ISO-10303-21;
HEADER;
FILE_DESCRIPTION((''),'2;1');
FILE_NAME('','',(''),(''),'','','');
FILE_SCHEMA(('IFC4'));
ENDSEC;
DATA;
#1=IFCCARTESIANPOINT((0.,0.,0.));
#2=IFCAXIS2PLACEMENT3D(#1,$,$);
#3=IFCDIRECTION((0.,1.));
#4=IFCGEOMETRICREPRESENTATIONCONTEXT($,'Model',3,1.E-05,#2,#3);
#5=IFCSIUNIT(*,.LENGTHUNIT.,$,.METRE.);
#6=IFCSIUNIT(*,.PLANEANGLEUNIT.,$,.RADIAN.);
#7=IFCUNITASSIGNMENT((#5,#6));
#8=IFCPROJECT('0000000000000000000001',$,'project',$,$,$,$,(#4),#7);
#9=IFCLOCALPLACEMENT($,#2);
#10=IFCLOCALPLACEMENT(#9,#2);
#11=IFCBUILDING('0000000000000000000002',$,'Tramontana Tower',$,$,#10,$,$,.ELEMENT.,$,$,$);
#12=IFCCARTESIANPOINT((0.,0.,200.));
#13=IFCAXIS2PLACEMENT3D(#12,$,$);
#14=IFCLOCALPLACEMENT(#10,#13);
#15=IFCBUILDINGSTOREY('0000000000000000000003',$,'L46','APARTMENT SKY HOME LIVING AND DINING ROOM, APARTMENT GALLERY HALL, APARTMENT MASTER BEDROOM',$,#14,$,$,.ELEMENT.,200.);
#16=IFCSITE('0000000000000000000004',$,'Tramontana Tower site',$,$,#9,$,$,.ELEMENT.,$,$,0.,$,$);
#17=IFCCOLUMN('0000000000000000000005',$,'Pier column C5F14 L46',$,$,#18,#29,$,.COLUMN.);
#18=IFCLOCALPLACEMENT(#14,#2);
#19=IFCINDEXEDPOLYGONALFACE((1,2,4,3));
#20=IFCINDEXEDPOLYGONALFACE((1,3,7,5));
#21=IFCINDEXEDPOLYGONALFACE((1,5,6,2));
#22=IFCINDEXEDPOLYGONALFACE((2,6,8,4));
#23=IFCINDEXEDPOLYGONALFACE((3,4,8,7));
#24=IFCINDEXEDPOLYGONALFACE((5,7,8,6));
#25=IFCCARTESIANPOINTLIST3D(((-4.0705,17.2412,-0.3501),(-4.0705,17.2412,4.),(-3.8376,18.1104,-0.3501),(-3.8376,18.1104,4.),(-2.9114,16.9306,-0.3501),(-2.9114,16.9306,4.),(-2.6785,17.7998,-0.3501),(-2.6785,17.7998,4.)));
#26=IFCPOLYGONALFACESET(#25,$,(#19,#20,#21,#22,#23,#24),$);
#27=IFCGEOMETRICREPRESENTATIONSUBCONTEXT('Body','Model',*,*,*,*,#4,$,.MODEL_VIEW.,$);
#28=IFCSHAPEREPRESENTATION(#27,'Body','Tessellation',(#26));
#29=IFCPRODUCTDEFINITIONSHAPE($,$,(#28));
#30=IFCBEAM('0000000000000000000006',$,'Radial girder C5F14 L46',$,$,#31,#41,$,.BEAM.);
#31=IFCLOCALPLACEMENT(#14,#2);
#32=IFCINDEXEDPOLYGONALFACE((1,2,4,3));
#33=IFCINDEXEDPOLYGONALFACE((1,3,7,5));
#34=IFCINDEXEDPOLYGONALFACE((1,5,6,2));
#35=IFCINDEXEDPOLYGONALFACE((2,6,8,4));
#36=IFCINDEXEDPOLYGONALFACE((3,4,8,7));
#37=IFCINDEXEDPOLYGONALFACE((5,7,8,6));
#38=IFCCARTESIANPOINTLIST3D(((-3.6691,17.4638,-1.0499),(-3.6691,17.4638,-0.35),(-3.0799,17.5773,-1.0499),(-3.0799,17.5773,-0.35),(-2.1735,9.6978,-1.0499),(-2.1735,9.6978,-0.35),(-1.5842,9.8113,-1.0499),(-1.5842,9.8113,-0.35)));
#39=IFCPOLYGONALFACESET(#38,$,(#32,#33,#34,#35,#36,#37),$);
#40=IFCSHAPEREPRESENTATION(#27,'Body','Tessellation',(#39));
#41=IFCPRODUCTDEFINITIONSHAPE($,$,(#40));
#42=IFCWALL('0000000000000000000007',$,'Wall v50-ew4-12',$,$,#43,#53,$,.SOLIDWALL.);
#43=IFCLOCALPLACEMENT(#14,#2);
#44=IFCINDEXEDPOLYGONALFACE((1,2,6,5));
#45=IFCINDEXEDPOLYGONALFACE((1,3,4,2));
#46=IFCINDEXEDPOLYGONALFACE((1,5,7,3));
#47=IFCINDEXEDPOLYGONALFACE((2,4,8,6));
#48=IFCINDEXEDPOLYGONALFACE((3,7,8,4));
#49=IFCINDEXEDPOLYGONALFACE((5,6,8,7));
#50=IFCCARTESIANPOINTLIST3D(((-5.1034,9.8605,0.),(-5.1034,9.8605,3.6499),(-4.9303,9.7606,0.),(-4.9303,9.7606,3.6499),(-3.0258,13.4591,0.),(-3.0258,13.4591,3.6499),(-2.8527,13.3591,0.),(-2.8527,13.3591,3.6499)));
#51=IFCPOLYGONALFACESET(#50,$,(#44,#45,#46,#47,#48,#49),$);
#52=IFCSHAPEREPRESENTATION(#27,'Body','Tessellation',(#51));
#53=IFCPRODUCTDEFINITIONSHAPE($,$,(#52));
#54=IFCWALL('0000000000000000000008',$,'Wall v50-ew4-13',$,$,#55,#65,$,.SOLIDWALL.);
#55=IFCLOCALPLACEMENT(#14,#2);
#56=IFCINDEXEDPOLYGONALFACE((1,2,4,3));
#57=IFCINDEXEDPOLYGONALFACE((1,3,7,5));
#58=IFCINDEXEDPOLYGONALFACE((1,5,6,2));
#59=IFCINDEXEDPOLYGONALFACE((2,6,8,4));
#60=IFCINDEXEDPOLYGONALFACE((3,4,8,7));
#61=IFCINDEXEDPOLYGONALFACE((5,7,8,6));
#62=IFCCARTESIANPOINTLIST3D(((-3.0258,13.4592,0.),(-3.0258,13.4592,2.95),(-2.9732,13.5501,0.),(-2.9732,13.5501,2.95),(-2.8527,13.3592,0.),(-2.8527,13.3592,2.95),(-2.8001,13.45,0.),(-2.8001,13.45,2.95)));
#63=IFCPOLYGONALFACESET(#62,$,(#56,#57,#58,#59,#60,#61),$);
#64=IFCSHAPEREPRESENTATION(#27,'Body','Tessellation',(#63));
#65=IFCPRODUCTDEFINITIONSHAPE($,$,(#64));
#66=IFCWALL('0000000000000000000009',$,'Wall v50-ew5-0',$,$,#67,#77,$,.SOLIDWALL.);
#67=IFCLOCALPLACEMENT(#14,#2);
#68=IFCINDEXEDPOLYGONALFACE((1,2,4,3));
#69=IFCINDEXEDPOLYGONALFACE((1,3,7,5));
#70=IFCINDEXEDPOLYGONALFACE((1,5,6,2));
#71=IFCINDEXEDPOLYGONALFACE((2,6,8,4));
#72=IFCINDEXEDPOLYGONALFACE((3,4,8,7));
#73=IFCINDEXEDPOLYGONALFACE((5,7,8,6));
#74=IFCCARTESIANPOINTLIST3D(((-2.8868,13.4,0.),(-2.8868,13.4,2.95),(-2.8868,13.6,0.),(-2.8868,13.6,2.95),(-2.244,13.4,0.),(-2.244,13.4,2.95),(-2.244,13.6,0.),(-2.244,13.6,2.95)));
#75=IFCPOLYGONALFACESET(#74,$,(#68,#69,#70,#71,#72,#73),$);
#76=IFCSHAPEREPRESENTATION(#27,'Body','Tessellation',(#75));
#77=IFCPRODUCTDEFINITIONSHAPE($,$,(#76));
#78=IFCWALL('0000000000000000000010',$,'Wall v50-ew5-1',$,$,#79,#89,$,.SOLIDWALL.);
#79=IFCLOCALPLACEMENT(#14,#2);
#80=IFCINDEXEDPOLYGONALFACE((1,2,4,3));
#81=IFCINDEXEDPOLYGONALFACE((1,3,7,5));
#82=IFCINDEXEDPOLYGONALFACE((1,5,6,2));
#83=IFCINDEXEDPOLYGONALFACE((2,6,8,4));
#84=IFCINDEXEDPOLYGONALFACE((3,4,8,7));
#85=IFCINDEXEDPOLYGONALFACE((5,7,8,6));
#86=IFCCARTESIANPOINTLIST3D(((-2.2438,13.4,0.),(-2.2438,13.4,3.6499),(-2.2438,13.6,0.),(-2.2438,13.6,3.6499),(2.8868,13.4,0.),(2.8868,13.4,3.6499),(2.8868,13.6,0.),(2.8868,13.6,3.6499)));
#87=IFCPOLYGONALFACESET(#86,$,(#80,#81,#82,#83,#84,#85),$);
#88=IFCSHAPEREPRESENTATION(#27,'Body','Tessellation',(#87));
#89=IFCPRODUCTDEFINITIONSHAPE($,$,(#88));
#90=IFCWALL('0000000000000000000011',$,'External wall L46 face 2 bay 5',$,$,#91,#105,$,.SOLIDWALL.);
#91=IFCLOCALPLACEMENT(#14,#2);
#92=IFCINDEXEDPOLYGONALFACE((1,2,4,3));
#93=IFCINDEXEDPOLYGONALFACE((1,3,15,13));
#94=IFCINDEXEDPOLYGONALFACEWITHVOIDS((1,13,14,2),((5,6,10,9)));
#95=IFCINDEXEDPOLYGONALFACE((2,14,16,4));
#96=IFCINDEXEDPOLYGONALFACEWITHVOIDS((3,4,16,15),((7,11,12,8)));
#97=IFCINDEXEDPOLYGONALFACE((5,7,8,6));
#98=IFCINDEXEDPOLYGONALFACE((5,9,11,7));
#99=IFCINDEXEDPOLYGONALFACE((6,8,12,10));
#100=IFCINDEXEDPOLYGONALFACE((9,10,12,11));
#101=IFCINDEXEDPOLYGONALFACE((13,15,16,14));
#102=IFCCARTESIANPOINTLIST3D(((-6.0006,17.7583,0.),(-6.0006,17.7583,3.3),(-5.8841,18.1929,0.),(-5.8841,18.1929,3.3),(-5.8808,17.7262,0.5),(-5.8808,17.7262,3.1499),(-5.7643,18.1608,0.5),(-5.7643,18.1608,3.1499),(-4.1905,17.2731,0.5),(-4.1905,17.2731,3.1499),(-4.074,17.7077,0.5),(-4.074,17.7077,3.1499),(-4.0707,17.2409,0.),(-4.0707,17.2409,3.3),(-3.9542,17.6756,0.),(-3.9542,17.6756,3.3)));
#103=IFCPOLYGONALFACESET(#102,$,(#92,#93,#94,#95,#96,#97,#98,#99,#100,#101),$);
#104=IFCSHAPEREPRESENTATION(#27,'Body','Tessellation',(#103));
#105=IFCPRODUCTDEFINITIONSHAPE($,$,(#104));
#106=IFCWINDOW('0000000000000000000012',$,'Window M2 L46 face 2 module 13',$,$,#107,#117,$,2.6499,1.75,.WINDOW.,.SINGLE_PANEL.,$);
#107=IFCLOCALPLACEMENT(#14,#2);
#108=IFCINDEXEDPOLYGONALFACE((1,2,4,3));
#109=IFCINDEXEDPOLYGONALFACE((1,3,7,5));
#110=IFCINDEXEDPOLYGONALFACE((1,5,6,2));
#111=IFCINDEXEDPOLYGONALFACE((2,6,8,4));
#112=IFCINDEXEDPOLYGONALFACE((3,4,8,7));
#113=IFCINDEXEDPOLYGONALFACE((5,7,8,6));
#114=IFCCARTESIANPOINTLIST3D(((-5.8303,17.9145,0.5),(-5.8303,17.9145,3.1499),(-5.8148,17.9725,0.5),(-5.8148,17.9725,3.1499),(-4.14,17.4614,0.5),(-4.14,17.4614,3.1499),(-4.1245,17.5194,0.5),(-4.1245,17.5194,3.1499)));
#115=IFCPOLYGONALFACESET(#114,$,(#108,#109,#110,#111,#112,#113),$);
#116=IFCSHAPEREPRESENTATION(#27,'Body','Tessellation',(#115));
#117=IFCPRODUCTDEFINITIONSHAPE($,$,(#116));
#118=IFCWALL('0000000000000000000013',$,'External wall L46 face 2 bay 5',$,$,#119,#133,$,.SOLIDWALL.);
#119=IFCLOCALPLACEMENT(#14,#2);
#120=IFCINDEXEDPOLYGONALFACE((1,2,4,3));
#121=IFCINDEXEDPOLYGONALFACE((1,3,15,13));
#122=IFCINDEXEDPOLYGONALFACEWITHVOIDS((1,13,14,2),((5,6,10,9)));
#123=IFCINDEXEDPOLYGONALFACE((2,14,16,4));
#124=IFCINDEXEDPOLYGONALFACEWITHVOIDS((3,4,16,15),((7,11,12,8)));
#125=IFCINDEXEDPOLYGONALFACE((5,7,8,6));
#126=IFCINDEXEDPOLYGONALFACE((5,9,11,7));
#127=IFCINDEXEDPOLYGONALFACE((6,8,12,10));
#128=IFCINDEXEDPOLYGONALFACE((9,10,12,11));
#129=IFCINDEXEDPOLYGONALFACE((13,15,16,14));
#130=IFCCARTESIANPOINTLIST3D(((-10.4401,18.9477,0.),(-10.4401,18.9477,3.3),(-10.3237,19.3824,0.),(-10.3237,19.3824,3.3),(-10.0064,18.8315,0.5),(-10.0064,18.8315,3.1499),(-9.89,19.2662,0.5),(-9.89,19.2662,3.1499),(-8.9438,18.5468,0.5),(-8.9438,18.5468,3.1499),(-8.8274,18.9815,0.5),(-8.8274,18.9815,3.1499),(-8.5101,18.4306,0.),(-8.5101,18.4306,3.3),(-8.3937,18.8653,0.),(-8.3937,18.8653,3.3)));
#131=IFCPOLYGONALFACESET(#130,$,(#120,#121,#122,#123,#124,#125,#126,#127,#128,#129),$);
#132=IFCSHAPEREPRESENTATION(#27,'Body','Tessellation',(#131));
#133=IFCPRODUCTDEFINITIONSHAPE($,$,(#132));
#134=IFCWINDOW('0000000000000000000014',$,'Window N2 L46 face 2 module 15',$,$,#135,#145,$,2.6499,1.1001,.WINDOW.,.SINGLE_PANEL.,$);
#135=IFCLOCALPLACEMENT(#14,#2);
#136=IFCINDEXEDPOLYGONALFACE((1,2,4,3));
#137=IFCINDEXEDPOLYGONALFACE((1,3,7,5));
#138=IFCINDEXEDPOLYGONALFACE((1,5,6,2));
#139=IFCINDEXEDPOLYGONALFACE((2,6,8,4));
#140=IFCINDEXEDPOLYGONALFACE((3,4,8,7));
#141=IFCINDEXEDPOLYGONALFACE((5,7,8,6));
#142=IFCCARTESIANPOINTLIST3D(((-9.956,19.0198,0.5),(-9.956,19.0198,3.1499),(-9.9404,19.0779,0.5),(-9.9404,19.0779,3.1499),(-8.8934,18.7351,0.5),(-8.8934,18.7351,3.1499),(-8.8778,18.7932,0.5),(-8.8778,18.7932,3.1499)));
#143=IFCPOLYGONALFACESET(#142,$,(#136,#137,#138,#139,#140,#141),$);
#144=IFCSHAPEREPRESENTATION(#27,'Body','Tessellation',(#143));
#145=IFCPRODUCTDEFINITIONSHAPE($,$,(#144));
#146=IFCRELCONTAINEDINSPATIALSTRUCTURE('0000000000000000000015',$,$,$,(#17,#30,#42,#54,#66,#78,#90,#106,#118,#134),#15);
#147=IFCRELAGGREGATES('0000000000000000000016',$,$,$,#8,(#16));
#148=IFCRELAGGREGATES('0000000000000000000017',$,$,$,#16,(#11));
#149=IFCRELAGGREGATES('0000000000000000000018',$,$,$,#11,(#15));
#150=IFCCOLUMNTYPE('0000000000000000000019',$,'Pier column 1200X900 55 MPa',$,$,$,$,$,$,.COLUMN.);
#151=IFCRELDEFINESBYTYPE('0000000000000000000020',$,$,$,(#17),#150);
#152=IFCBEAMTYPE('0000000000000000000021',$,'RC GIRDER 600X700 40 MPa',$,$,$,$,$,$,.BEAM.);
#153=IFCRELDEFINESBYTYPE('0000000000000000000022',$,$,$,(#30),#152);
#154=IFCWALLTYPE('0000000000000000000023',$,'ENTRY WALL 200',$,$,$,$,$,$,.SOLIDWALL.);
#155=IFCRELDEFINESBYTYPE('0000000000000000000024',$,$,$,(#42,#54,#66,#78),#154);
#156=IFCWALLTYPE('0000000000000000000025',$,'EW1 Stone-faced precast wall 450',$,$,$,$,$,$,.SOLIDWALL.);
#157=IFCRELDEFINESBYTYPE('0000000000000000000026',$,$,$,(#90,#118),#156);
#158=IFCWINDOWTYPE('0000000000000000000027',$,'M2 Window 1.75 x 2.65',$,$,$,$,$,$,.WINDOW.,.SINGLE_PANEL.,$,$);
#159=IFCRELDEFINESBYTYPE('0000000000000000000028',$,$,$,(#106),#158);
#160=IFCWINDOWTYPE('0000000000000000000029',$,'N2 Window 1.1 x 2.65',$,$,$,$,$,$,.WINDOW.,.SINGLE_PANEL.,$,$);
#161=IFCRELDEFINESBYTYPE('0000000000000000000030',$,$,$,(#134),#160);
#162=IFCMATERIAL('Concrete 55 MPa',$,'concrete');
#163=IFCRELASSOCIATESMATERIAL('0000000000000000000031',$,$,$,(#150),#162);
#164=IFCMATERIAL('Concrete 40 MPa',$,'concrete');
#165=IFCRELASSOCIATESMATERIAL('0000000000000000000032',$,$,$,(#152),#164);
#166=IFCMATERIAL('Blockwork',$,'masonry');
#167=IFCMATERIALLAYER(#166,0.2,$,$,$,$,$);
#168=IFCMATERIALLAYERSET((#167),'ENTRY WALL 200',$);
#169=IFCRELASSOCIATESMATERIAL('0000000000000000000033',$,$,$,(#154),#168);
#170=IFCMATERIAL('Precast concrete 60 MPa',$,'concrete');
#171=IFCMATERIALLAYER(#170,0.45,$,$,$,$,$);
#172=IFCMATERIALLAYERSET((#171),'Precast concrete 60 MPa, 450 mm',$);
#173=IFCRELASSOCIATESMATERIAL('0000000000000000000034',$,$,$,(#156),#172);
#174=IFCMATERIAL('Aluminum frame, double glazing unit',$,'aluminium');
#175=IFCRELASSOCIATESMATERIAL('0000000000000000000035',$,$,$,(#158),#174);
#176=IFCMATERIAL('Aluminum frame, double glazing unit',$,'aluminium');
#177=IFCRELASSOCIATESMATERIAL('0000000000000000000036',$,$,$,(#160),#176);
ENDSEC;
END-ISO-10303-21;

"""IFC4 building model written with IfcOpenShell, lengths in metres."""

from ifc_helpers import new_model, si_unit, direction, frame, frame_2d, origin, origin_2d, place, context, subcontext, project, spatial, rectangle, extrude, material, layer, layer_set, material_profile, profile_set, type_object, element, fill, save


model = new_model("IFC4")

# Units and contexts
model_context = context("Model", 3, precision=1e-05, world=origin(), true_north=direction((0.0, 1.0)))
body_context = subcontext(model_context, "Body", "Model", "MODEL_VIEW")
ifc_project = project(units=[si_unit("LENGTHUNIT", "METRE"), si_unit("PLANEANGLEUNIT", "RADIAN")], contexts=[model_context])

# Site, building, storey
site_placement = place(None, origin())
site = spatial("IfcSite", under=ifc_project, at=site_placement, Name="Tramontana Tower site", CompositionType="ELEMENT", RefElevation=0.0)
building_placement = place(site_placement, origin())
building = spatial("IfcBuilding", under=site, at=building_placement, Name="Tramontana Tower", CompositionType="ELEMENT")
storey_placement = place(building_placement, frame((0.0, 0.0, 200.0)))
storey = spatial("IfcBuildingStorey", under=building, at=storey_placement, Name="L46", Description="APARTMENT SKY HOME LIVING AND DINING ROOM, APARTMENT GALLERY HALL, APARTMENT MASTER BEDROOM", CompositionType="ELEMENT", Elevation=200.0)

# Column
ifc_material_1 = material(Name="Concrete 55 MPa", Category="concrete")
ifc_material_profile_1 = material_profile(ifc_material_1, rectangle(XDim=1.2, YDim=0.8999, at=origin_2d()), Name="Pier column 1200X900 55 MPa")
ifc_profile_set_1 = profile_set([ifc_material_profile_1], Name="Concrete 55 MPa")
column_type = type_object("IfcColumnType", Name="Pier column 1200X900 55 MPa", PredefinedType="COLUMN", material=ifc_profile_set_1)
column_placement = place(storey_placement, frame((-3.3745, 17.5205, -0.3501), z_axis=(0.0, 0.0, 1.0), x_axis=(-0.965926, 0.258819, 0.0)))
element("IfcColumn", 1, at=column_placement, inside=storey, type_object=column_type, Name="Pier column C5F14 L46", PredefinedType="COLUMN", context=body_context, shape_type="SweptSolid", body=[
    extrude(rectangle(XDim=1.2, YDim=0.8999, at=origin_2d()), origin(), (0.0, 0.0, 1.0), 4.3501),
])

# Beam
ifc_material_2 = material(Name="Concrete 40 MPa", Category="concrete")
ifc_material_profile_2 = material_profile(ifc_material_2, rectangle(XDim=0.6001, YDim=0.7, at=origin_2d()), Name="RC GIRDER 600X700 40 MPa")
ifc_profile_set_2 = profile_set([ifc_material_profile_2], Name="Concrete 40 MPa")
beam_type = type_object("IfcBeamType", Name="RC GIRDER 600X700 40 MPa", PredefinedType="BEAM", material=ifc_profile_set_2)
beam_placement = place(storey_placement, frame((-3.3745, 17.5205, -0.7), z_axis=(0.189112, -0.981956, 0.0), x_axis=(0.981956, 0.189112, 0.0)))
element("IfcBeam", 2, at=beam_placement, inside=storey, type_object=beam_type, Name="Radial girder C5F14 L46", PredefinedType="BEAM", context=body_context, shape_type="SweptSolid", body=[
    extrude(rectangle(XDim=0.6001, YDim=0.7, at=origin_2d()), origin(), (0.0, 0.0, 1.0), 7.9087),
])

# Walls
ifc_material_3 = material(Name="Blockwork", Category="masonry")
ifc_layer_1 = layer(ifc_material_3, 0.2)
ifc_layer_set_1 = layer_set([ifc_layer_1], Name="ENTRY WALL 200")
wall_type_1 = type_object("IfcWallType", Name="ENTRY WALL 200", PredefinedType="SOLIDWALL", material=ifc_layer_set_1)
wall_1_placement = place(storey_placement, frame((-5.0168, 9.8105, 0.0), z_axis=(0.0, 0.0, 1.0), x_axis=(0.499994, 0.866029, 0.0)))
element("IfcWall", 3, at=wall_1_placement, inside=storey, type_object=wall_type_1, Name="Wall v50-ew4-12", PredefinedType="SOLIDWALL", context=body_context, shape_type="SweptSolid", body=[
    extrude(rectangle(XDim=4.1553, YDim=0.2, at=frame_2d((2.0776, 0.0))), origin(), (0.0, 0.0, 1.0), 3.6499),
])
wall_2_placement = place(storey_placement, frame((-2.9392, 13.4092, 0.0), z_axis=(0.0, 0.0, 1.0), x_axis=(0.500394, 0.865798, 0.0)))
element("IfcWall", 4, at=wall_2_placement, inside=storey, type_object=wall_type_1, Name="Wall v50-ew4-13", PredefinedType="SOLIDWALL", context=body_context, shape_type="SweptSolid", body=[
    extrude(rectangle(XDim=0.105, YDim=0.2, at=frame_2d((0.0525, 0.0))), origin(), (0.0, 0.0, 1.0), 2.95),
])
wall_3_placement = place(storey_placement, frame((-2.8867, 13.5, 0.0), z_axis=(0.0, 0.0, 1.0), x_axis=(1.0, 0.0, 0.0)))
element("IfcWall", 5, at=wall_3_placement, inside=storey, type_object=wall_type_1, Name="Wall v50-ew5-0", PredefinedType="SOLIDWALL", context=body_context, shape_type="SweptSolid", body=[
    extrude(rectangle(XDim=0.6428, YDim=0.2, at=frame_2d((0.3213, 0.0))), origin(), (0.0, 0.0, 1.0), 2.95),
])
wall_4_placement = place(storey_placement, frame((-2.2439, 13.5, 0.0), z_axis=(0.0, 0.0, 1.0), x_axis=(1.0, 0.0, 0.0)))
element("IfcWall", 6, at=wall_4_placement, inside=storey, type_object=wall_type_1, Name="Wall v50-ew5-1", PredefinedType="SOLIDWALL", context=body_context, shape_type="SweptSolid", body=[
    extrude(rectangle(XDim=5.1306, YDim=0.2, at=frame_2d((2.5654, 0.0))), origin(), (0.0, 0.0, 1.0), 3.6499),
])

# Walls, openings, windows
ifc_material_4 = material(Name="Precast concrete 60 MPa", Category="concrete")
ifc_layer_2 = layer(ifc_material_4, 0.45)
ifc_layer_set_2 = layer_set([ifc_layer_2], Name="Precast concrete 60 MPa, 450 mm")
wall_type_2 = type_object("IfcWallType", Name="EW1 Stone-faced precast wall 450", PredefinedType="SOLIDWALL", material=ifc_layer_set_2)
wall_5_placement = place(storey_placement, frame((-4.0125, 17.4583, 0.0), z_axis=(0.0, 0.0, 1.0), x_axis=(-0.9659, 0.258917, 0.0)))
wall_5 = element("IfcWall", 7, at=wall_5_placement, inside=storey, type_object=wall_type_2, Name="External wall L46 face 2 bay 5", PredefinedType="SOLIDWALL", context=body_context, shape_type="SweptSolid", body=[
    extrude(rectangle(XDim=1.998, YDim=0.45, at=frame_2d((0.999, 0.0))), origin(), (0.0, 0.0, 1.0), 3.3),
])
opening_1_placement = place(wall_5_placement, frame((0.124, 0.0, 0.5)))
opening_1 = element("IfcOpeningElement", 8, at=opening_1_placement, cuts=wall_5, PredefinedType="OPENING", context=body_context, shape_type="SweptSolid", body=[
    extrude(rectangle(XDim=1.75, YDim=2.6499, at=frame_2d((0.875, 1.325))), frame((0.0, 0.2349, 0.0), z_axis=(0.0, -1.0, 0.0), x_axis=(1.0, 0.0, 0.0)), (0.0, 0.0, 1.0), 0.47),
])
ifc_material_5 = material(Name="Aluminum frame, double glazing unit", Category="aluminium")
window_type_1 = type_object("IfcWindowType", Name="M2 Window 1.75 x 2.65", PartitioningType="SINGLE_PANEL", PredefinedType="WINDOW", material=ifc_material_5)
window_1_placement = place(opening_1_placement, origin())
window_1 = element("IfcWindow", 9, at=window_1_placement, inside=storey, type_object=window_type_1, Name="Window M2 L46 face 2 module 13", OverallHeight=2.6499, OverallWidth=1.75, PartitioningType="SINGLE_PANEL", PredefinedType="WINDOW", context=body_context, shape_type="SweptSolid", body=[
    extrude(rectangle(XDim=1.75, YDim=2.6499, at=frame_2d((0.875, 1.325))), frame((0.0, 0.03, 0.0), z_axis=(0.0, -1.0, 0.0), x_axis=(1.0, 0.0, 0.0)), (0.0, 0.0, 1.0), 0.0601),
])
fill(opening_1, window_1)
wall_6_placement = place(storey_placement, frame((-8.4519, 18.6479, 0.0), z_axis=(0.0, 0.0, 1.0), x_axis=(-0.96593, 0.258803, 0.0)))
wall_6 = element("IfcWall", 10, at=wall_6_placement, inside=storey, type_object=wall_type_2, Name="External wall L46 face 2 bay 5", PredefinedType="SOLIDWALL", context=body_context, shape_type="SweptSolid", body=[
    extrude(rectangle(XDim=1.998, YDim=0.45, at=frame_2d((0.999, 0.0))), origin(), (0.0, 0.0, 1.0), 3.3),
])
opening_2_placement = place(wall_6_placement, frame((0.449, 0.0, 0.5)))
opening_2 = element("IfcOpeningElement", 11, at=opening_2_placement, cuts=wall_6, PredefinedType="OPENING", context=body_context, shape_type="SweptSolid", body=[
    extrude(rectangle(XDim=1.1001, YDim=2.6499, at=frame_2d((0.55, 1.325))), frame((0.0, 0.2349, 0.0), z_axis=(0.0, -1.0, 0.0), x_axis=(1.0, 0.0, 0.0)), (0.0, 0.0, 1.0), 0.47),
])
ifc_material_6 = material(Name="Aluminum frame, double glazing unit", Category="aluminium")
window_type_2 = type_object("IfcWindowType", Name="N2 Window 1.1 x 2.65", PartitioningType="SINGLE_PANEL", PredefinedType="WINDOW", material=ifc_material_6)
window_2_placement = place(opening_2_placement, origin())
window_2 = element("IfcWindow", 12, at=window_2_placement, inside=storey, type_object=window_type_2, Name="Window N2 L46 face 2 module 15", OverallHeight=2.6499, OverallWidth=1.1001, PartitioningType="SINGLE_PANEL", PredefinedType="WINDOW", context=body_context, shape_type="SweptSolid", body=[
    extrude(rectangle(XDim=1.1001, YDim=2.6499, at=frame_2d((0.55, 1.325))), frame((0.0, 0.03, 0.0), z_axis=(0.0, -1.0, 0.0), x_axis=(1.0, 0.0, 0.0)), (0.0, 0.0, 1.0), 0.0601),
])
fill(opening_2, window_2)

save(model, "model.ifc")
